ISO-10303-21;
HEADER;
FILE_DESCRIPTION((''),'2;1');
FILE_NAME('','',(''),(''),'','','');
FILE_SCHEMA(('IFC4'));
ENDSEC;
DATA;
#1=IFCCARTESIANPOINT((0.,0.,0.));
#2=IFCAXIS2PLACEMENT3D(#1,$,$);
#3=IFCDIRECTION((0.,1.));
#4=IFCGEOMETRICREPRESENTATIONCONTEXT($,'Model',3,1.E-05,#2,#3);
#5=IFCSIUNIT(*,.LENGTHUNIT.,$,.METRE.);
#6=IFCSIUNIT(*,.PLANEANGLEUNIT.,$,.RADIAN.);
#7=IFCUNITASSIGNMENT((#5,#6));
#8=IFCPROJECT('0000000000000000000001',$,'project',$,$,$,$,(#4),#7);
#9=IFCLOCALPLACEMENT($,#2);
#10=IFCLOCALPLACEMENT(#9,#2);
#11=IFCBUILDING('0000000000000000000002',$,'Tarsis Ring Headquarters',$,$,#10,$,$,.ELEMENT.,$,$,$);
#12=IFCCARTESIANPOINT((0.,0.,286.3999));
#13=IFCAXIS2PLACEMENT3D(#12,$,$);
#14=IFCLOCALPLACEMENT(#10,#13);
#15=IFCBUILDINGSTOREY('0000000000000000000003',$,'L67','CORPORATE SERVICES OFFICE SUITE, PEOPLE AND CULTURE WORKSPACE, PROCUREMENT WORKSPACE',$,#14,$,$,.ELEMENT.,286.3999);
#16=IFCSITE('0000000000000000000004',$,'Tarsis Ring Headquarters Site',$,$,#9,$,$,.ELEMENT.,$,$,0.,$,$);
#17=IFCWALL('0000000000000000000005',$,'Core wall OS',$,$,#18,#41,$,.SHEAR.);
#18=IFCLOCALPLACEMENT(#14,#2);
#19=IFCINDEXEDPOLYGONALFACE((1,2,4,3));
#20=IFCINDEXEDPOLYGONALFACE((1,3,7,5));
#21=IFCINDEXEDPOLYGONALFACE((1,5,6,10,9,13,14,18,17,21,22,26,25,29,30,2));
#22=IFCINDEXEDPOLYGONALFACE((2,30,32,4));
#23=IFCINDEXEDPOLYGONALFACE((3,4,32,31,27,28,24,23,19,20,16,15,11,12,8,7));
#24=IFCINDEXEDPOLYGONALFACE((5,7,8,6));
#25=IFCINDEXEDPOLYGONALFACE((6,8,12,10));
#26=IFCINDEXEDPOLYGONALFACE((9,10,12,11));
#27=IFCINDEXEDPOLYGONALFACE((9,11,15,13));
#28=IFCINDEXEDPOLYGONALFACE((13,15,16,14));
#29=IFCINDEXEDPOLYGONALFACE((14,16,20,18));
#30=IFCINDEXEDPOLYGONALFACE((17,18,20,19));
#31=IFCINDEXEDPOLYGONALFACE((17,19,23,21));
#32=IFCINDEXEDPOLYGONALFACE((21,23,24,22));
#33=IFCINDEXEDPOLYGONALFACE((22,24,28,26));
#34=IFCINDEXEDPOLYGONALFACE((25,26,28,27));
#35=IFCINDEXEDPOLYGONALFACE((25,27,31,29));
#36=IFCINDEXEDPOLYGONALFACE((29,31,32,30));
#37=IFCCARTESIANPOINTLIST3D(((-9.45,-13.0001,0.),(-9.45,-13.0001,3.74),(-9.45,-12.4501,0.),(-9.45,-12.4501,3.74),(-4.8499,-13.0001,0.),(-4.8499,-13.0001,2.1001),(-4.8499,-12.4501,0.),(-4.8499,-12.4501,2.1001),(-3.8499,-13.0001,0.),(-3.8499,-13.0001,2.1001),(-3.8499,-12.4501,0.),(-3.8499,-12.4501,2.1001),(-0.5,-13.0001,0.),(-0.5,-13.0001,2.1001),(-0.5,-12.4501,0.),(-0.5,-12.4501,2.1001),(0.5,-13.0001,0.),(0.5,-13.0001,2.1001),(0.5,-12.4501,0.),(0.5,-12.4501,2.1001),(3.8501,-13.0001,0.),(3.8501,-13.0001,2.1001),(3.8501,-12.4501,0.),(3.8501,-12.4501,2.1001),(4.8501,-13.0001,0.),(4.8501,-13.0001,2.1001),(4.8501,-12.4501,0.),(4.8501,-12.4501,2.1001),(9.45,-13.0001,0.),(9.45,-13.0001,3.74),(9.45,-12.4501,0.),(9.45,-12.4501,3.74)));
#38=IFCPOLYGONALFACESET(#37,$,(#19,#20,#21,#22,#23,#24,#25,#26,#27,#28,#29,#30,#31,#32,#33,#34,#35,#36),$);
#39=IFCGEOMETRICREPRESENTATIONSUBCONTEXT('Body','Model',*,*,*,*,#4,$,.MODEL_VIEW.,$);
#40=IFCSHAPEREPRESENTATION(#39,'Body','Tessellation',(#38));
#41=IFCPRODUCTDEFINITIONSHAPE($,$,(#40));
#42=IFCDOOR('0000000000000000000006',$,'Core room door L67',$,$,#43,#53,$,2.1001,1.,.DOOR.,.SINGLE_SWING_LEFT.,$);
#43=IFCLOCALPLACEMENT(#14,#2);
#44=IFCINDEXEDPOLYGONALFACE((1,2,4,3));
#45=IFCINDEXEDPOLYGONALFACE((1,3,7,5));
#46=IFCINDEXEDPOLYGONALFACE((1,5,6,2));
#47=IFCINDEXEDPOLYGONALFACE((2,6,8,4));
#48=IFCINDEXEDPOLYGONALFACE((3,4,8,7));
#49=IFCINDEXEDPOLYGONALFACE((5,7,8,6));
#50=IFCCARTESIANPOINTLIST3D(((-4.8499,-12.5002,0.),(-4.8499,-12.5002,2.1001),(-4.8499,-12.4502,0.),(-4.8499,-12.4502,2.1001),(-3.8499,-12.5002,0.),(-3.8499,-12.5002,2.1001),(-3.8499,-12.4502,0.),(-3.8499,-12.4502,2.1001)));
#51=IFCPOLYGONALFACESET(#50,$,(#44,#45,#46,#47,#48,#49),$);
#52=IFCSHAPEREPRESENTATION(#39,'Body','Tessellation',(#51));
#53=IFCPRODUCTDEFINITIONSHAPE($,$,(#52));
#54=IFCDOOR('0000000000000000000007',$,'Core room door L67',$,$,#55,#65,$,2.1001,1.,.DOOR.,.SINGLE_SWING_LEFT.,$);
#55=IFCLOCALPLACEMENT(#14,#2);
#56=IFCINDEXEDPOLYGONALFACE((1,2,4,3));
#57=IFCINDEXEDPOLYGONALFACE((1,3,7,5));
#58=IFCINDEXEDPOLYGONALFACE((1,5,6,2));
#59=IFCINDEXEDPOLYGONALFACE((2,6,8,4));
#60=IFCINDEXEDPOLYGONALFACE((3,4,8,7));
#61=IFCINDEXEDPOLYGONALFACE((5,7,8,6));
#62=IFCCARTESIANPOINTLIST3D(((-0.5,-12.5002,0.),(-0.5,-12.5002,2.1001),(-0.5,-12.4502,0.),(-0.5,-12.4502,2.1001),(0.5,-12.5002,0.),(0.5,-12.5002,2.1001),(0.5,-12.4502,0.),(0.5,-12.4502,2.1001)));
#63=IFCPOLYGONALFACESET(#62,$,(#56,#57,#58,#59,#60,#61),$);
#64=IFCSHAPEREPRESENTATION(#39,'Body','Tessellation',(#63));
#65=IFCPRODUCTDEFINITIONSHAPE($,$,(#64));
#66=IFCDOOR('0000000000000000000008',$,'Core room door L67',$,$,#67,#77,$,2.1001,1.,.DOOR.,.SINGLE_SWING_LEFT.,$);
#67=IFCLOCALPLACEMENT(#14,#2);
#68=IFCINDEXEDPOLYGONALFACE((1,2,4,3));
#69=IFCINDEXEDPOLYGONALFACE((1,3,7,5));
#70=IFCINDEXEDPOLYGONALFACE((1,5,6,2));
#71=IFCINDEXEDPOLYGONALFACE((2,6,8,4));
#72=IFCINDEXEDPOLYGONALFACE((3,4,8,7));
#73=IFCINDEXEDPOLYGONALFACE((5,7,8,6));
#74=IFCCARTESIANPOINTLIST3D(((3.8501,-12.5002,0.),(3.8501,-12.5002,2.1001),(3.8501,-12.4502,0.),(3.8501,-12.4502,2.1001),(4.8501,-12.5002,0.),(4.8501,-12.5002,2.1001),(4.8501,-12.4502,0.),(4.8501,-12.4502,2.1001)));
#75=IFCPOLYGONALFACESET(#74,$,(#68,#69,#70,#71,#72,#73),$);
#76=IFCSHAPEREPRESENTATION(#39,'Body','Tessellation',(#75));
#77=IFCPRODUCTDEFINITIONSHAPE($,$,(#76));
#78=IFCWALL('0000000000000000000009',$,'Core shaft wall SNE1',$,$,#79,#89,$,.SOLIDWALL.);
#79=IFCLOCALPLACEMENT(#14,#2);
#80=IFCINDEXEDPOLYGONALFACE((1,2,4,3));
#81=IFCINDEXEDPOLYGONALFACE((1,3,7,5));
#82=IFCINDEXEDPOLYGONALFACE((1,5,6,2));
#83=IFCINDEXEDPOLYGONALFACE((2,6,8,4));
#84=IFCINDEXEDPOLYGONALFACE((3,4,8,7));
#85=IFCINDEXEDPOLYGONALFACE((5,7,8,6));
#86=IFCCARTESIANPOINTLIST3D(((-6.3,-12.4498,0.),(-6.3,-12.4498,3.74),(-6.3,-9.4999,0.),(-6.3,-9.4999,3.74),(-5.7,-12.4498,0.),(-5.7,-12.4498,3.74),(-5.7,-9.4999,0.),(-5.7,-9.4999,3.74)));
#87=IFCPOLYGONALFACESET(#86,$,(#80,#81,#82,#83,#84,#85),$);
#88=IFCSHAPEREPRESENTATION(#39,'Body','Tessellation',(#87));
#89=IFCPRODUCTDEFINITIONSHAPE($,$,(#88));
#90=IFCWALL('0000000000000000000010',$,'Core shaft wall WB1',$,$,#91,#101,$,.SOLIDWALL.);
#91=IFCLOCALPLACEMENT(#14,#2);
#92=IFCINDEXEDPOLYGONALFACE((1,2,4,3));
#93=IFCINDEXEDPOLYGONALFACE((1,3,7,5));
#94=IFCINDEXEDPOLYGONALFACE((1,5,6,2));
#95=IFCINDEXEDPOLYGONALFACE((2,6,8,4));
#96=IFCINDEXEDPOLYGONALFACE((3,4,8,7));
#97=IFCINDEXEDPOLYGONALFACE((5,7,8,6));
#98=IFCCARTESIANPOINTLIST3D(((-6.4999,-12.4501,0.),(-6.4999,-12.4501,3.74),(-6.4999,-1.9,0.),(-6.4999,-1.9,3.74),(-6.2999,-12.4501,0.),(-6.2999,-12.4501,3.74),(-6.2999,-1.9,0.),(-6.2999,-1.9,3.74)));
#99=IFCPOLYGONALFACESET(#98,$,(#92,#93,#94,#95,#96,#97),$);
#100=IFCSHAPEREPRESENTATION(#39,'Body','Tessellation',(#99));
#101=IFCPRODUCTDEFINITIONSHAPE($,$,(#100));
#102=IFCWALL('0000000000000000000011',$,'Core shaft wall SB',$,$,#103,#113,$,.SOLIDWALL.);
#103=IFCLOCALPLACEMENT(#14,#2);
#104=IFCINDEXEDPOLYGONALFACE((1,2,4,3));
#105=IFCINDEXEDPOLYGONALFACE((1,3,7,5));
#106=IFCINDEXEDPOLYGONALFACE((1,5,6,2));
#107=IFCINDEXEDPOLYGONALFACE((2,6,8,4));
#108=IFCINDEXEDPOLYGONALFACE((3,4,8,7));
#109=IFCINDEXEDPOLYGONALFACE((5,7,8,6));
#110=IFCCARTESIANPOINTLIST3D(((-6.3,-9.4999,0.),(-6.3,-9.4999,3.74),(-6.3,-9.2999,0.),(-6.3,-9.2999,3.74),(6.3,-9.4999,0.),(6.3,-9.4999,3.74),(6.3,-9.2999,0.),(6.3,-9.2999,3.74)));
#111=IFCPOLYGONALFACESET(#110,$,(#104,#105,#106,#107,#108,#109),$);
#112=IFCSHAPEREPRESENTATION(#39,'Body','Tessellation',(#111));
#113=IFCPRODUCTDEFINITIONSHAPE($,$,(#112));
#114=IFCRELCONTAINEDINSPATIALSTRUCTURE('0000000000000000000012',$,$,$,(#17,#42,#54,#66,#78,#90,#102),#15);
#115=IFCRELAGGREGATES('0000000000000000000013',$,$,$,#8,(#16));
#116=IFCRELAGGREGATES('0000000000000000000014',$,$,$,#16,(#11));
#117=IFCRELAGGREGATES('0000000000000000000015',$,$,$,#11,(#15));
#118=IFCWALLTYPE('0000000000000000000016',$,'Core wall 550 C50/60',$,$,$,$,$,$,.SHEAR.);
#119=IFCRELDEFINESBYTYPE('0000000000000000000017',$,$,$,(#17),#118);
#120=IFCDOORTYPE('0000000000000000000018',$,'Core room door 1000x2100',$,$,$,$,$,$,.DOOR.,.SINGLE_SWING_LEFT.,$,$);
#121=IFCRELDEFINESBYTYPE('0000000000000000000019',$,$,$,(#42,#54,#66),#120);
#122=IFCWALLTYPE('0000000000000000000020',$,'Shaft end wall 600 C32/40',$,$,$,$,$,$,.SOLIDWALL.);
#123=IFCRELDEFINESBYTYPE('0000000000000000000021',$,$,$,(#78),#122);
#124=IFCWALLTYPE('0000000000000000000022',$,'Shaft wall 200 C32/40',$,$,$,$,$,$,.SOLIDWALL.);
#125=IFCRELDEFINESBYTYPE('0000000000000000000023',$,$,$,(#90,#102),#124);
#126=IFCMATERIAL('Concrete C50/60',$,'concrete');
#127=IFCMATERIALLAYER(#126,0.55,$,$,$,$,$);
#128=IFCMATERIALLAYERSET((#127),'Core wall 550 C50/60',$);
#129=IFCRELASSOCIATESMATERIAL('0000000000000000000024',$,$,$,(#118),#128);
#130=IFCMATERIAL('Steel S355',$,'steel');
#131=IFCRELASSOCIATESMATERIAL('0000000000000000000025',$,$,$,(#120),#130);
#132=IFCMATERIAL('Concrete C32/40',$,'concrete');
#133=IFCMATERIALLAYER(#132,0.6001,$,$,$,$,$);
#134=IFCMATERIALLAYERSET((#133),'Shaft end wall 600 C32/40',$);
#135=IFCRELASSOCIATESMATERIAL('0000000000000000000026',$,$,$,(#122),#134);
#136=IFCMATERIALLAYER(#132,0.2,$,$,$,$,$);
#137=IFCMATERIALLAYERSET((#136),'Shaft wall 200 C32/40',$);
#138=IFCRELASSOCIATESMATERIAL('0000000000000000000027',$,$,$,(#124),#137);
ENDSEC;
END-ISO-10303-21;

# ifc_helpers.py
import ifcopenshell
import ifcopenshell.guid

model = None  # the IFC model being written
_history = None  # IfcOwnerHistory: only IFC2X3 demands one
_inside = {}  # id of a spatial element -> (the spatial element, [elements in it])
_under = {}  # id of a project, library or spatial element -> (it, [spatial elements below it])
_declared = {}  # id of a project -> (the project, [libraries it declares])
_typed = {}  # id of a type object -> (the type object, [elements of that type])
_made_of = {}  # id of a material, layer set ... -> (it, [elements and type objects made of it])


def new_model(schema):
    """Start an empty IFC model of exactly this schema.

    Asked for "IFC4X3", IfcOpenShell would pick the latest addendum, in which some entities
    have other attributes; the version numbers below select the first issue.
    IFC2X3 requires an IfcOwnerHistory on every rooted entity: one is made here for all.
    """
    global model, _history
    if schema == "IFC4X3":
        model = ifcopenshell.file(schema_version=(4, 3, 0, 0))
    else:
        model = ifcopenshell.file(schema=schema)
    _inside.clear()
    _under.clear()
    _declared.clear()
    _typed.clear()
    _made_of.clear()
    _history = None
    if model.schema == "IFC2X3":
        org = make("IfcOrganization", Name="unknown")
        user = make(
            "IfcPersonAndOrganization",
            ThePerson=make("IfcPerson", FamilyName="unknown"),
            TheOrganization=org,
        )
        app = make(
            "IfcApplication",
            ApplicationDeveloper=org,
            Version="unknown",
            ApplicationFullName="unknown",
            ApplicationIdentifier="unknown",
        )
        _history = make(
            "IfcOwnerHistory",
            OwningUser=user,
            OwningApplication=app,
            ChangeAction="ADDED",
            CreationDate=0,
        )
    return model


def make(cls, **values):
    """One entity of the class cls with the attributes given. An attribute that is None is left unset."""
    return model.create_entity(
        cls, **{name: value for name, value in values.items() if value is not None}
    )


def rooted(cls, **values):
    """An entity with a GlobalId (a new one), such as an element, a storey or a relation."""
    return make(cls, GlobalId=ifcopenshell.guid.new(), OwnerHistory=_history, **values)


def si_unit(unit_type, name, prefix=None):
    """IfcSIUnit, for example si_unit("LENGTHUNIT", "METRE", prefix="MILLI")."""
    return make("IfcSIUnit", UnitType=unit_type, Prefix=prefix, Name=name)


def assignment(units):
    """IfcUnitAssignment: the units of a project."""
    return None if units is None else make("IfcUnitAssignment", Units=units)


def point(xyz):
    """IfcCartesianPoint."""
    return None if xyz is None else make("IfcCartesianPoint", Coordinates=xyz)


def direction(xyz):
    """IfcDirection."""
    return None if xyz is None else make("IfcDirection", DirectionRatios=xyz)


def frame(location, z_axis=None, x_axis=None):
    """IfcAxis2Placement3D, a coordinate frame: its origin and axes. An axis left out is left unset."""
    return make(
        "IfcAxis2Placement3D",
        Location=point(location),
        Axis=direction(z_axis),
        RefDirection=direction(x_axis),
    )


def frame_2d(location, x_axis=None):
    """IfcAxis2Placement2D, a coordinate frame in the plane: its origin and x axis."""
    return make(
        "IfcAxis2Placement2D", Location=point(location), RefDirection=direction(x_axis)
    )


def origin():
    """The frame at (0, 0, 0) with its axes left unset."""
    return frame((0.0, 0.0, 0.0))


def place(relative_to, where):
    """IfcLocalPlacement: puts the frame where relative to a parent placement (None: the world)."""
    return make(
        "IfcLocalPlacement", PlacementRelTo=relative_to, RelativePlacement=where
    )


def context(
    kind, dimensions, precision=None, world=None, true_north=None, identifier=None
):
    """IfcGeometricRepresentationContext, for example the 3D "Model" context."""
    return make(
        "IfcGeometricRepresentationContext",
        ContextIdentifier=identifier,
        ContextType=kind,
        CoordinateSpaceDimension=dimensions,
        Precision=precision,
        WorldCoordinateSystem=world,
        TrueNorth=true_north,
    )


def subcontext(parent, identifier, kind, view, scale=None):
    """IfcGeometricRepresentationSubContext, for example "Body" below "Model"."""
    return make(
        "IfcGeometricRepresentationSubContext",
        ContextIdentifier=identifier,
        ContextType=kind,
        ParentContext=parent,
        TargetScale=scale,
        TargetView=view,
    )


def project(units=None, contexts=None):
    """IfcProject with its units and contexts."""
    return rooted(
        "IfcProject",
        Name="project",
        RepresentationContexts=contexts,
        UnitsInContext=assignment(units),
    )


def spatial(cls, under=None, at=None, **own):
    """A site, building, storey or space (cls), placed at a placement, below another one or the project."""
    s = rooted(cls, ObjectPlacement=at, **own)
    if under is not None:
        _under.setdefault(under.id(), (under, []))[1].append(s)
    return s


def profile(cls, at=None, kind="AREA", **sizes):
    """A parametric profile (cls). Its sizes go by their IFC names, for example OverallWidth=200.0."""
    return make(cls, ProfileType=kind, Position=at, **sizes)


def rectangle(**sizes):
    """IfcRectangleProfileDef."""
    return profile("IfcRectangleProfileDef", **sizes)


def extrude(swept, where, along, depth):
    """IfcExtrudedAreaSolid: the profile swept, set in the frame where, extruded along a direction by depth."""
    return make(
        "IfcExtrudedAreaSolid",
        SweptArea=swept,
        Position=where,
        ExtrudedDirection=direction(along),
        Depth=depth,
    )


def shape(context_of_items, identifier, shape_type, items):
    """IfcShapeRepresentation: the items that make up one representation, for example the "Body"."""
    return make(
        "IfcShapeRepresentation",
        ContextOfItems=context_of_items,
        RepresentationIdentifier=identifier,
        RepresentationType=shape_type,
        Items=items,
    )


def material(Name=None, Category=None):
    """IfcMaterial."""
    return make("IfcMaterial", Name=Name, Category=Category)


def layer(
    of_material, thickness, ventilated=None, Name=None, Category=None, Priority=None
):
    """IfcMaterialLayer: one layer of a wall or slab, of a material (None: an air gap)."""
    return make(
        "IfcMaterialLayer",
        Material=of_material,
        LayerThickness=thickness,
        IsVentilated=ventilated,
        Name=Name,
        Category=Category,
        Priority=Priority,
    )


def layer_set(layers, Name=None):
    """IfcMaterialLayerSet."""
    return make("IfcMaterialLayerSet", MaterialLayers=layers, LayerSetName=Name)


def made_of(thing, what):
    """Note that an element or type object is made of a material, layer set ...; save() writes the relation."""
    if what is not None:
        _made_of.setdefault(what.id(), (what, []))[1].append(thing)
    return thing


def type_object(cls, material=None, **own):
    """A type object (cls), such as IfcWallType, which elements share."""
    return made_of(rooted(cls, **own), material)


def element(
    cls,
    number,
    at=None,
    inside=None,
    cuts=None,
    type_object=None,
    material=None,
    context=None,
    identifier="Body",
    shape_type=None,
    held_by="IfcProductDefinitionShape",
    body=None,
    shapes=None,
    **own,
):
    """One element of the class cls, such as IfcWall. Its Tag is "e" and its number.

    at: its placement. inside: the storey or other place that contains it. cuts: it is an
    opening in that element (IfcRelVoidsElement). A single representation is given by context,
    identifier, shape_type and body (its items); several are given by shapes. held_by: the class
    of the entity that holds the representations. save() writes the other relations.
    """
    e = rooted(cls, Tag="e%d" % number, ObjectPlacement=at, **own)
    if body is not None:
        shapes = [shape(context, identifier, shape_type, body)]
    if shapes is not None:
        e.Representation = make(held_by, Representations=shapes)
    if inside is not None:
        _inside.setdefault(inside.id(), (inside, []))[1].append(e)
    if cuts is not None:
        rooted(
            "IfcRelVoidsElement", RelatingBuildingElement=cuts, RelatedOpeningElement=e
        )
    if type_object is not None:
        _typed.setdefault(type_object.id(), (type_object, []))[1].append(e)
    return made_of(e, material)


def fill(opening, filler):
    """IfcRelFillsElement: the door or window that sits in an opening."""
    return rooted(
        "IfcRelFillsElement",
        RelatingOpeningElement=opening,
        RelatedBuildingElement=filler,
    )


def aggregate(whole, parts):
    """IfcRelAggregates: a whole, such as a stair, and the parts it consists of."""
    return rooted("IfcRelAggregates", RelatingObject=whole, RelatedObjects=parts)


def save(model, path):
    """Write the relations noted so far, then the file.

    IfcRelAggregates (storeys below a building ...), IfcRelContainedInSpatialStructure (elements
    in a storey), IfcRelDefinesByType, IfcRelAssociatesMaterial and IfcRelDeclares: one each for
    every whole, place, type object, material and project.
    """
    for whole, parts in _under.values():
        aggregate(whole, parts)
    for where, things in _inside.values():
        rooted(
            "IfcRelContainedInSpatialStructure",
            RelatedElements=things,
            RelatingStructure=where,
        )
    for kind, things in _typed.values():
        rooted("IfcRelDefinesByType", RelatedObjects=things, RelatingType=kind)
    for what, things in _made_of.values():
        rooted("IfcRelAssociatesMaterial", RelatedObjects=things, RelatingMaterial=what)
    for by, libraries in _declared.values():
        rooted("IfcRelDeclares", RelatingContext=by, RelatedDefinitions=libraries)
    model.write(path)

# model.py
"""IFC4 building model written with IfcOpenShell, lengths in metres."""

from ifc_helpers import new_model, si_unit, direction, frame, frame_2d, origin, place, context, subcontext, project, spatial, rectangle, extrude, material, layer, layer_set, type_object, element, fill, save


model = new_model("IFC4")

# Units and contexts
model_context = context("Model", 3, precision=1e-05, world=origin(), true_north=direction((0.0, 1.0)))
body_context = subcontext(model_context, "Body", "Model", "MODEL_VIEW")
ifc_project = project(units=[si_unit("LENGTHUNIT", "METRE"), si_unit("PLANEANGLEUNIT", "RADIAN")], contexts=[model_context])

# Site, building, storey
site_placement = place(None, origin())
site = spatial("IfcSite", under=ifc_project, at=site_placement, Name="Tarsis Ring Headquarters Site", CompositionType="ELEMENT", RefElevation=0.0)
building_placement = place(site_placement, origin())
building = spatial("IfcBuilding", under=site, at=building_placement, Name="Tarsis Ring Headquarters", CompositionType="ELEMENT")
storey_placement = place(building_placement, frame((0.0, 0.0, 286.3999)))
storey = spatial("IfcBuildingStorey", under=building, at=storey_placement, Name="L67", Description="CORPORATE SERVICES OFFICE SUITE, PEOPLE AND CULTURE WORKSPACE, PROCUREMENT WORKSPACE", CompositionType="ELEMENT", Elevation=286.3999)

# Wall, openings, doors
ifc_material_1 = material(Name="Concrete C50/60", Category="concrete")
ifc_layer_1 = layer(ifc_material_1, 0.55)
ifc_layer_set_1 = layer_set([ifc_layer_1], Name="Core wall 550 C50/60")
wall_type_1 = type_object("IfcWallType", Name="Core wall 550 C50/60", PredefinedType="SHEAR", material=ifc_layer_set_1)
ifc_material_2 = material(Name="Steel S355", Category="steel")
door_type_1 = type_object("IfcDoorType", Name="Core room door 1000x2100", OperationType="SINGLE_SWING_LEFT", PredefinedType="DOOR", material=ifc_material_2)
wall_1_placement = place(storey_placement, frame((-9.45, -12.7251, 0.0), z_axis=(0.0, 0.0, 1.0), x_axis=(1.0, 0.0, 0.0)))
wall_1 = element("IfcWall", 1, at=wall_1_placement, inside=storey, type_object=wall_type_1, Name="Core wall OS", PredefinedType="SHEAR", context=body_context, shape_type="SweptSolid", body=[
    extrude(rectangle(XDim=18.8999, YDim=0.55, at=frame_2d((9.45, 0.0))), origin(), (0.0, 0.0, 1.0), 3.74),
])
opening_1_placement = place(wall_1_placement, frame((4.6001, 0.0, 0.0)))
opening_1 = element("IfcOpeningElement", 2, at=opening_1_placement, cuts=wall_1, PredefinedType="OPENING", context=body_context, shape_type="SweptSolid", body=[
    extrude(rectangle(XDim=1.0, YDim=2.1001, at=frame_2d((0.5, 1.05))), frame((0.0, 0.2849, 0.0), z_axis=(0.0, -1.0, 0.0), x_axis=(1.0, 0.0, 0.0)), (0.0, 0.0, 1.0), 0.5701),
])
opening_2_placement = place(wall_1_placement, frame((8.95, 0.0, 0.0)))
opening_2 = element("IfcOpeningElement", 3, at=opening_2_placement, cuts=wall_1, PredefinedType="OPENING", context=body_context, shape_type="SweptSolid", body=[
    extrude(rectangle(XDim=1.0, YDim=2.1001, at=frame_2d((0.5, 1.05))), frame((0.0, 0.2849, 0.0), z_axis=(0.0, -1.0, 0.0), x_axis=(1.0, 0.0, 0.0)), (0.0, 0.0, 1.0), 0.5701),
])
opening_3_placement = place(wall_1_placement, frame((13.3, 0.0, 0.0)))
opening_3 = element("IfcOpeningElement", 4, at=opening_3_placement, cuts=wall_1, PredefinedType="OPENING", context=body_context, shape_type="SweptSolid", body=[
    extrude(rectangle(XDim=1.0, YDim=2.1001, at=frame_2d((0.5, 1.05))), frame((0.0, 0.2849, 0.0), z_axis=(0.0, -1.0, 0.0), x_axis=(1.0, 0.0, 0.0)), (0.0, 0.0, 1.0), 0.5701),
])
door_1_placement = place(opening_1_placement, origin())
door_1 = element("IfcDoor", 5, at=door_1_placement, inside=storey, type_object=door_type_1, Name="Core room door L67", OperationType="SINGLE_SWING_LEFT", OverallHeight=2.1001, OverallWidth=1.0, PredefinedType="DOOR", context=body_context, shape_type="SweptSolid", body=[
    extrude(rectangle(XDim=1.0, YDim=2.1001, at=frame_2d((0.5, 1.05))), frame((0.0, 0.2749, 0.0), z_axis=(0.0, -1.0, 0.0), x_axis=(1.0, 0.0, 0.0)), (0.0, 0.0, 1.0), 0.05),
])
fill(opening_1, door_1)
door_2_placement = place(opening_2_placement, origin())
door_2 = element("IfcDoor", 6, at=door_2_placement, inside=storey, type_object=door_type_1, Name="Core room door L67", OperationType="SINGLE_SWING_LEFT", OverallHeight=2.1001, OverallWidth=1.0, PredefinedType="DOOR", context=body_context, shape_type="SweptSolid", body=[
    extrude(rectangle(XDim=1.0, YDim=2.1001, at=frame_2d((0.5, 1.05))), frame((0.0, 0.2749, 0.0), z_axis=(0.0, -1.0, 0.0), x_axis=(1.0, 0.0, 0.0)), (0.0, 0.0, 1.0), 0.05),
])
fill(opening_2, door_2)
door_3_placement = place(opening_3_placement, origin())
door_3 = element("IfcDoor", 7, at=door_3_placement, inside=storey, type_object=door_type_1, Name="Core room door L67", OperationType="SINGLE_SWING_LEFT", OverallHeight=2.1001, OverallWidth=1.0, PredefinedType="DOOR", context=body_context, shape_type="SweptSolid", body=[
    extrude(rectangle(XDim=1.0, YDim=2.1001, at=frame_2d((0.5, 1.05))), frame((0.0, 0.2749, 0.0), z_axis=(0.0, -1.0, 0.0), x_axis=(1.0, 0.0, 0.0)), (0.0, 0.0, 1.0), 0.05),
])
fill(opening_3, door_3)

# Walls
ifc_material_3 = material(Name="Concrete C32/40", Category="concrete")
ifc_layer_2 = layer(ifc_material_3, 0.6001)
ifc_layer_set_2 = layer_set([ifc_layer_2], Name="Shaft end wall 600 C32/40")
wall_type_2 = type_object("IfcWallType", Name="Shaft end wall 600 C32/40", PredefinedType="SOLIDWALL", material=ifc_layer_set_2)
wall_2_placement = place(storey_placement, frame((-6.0, -12.45, 0.0), z_axis=(0.0, 0.0, 1.0), x_axis=(0.0, 1.0, 0.0)))
element("IfcWall", 8, at=wall_2_placement, inside=storey, type_object=wall_type_2, Name="Core shaft wall SNE1", PredefinedType="SOLIDWALL", context=body_context, shape_type="SweptSolid", body=[
    extrude(rectangle(XDim=2.95, YDim=0.6001, at=frame_2d((1.4751, 0.0))), origin(), (0.0, 0.0, 1.0), 3.74),
])
ifc_layer_3 = layer(ifc_material_3, 0.2)
ifc_layer_set_3 = layer_set([ifc_layer_3], Name="Shaft wall 200 C32/40")
wall_type_3 = type_object("IfcWallType", Name="Shaft wall 200 C32/40", PredefinedType="SOLIDWALL", material=ifc_layer_set_3)
wall_3_placement = place(storey_placement, frame((-6.3999, -12.45, 0.0), z_axis=(0.0, 0.0, 1.0), x_axis=(0.0, 1.0, 0.0)))
element("IfcWall", 9, at=wall_3_placement, inside=storey, type_object=wall_type_3, Name="Core shaft wall WB1", PredefinedType="SOLIDWALL", context=body_context, shape_type="SweptSolid", body=[
    extrude(rectangle(XDim=10.55, YDim=0.2, at=frame_2d((5.2749, 0.0))), origin(), (0.0, 0.0, 1.0), 3.74),
])
wall_4_placement = place(storey_placement, frame((-6.3, -9.3999, 0.0), z_axis=(0.0, 0.0, 1.0), x_axis=(1.0, 0.0, 0.0)))
element("IfcWall", 10, at=wall_4_placement, inside=storey, type_object=wall_type_3, Name="Core shaft wall SB", PredefinedType="SOLIDWALL", context=body_context, shape_type="SweptSolid", body=[
    extrude(rectangle(XDim=12.6001, YDim=0.2, at=frame_2d((6.3, 0.0))), origin(), (0.0, 0.0, 1.0), 3.74),
])

save(model, "model.ifc")
